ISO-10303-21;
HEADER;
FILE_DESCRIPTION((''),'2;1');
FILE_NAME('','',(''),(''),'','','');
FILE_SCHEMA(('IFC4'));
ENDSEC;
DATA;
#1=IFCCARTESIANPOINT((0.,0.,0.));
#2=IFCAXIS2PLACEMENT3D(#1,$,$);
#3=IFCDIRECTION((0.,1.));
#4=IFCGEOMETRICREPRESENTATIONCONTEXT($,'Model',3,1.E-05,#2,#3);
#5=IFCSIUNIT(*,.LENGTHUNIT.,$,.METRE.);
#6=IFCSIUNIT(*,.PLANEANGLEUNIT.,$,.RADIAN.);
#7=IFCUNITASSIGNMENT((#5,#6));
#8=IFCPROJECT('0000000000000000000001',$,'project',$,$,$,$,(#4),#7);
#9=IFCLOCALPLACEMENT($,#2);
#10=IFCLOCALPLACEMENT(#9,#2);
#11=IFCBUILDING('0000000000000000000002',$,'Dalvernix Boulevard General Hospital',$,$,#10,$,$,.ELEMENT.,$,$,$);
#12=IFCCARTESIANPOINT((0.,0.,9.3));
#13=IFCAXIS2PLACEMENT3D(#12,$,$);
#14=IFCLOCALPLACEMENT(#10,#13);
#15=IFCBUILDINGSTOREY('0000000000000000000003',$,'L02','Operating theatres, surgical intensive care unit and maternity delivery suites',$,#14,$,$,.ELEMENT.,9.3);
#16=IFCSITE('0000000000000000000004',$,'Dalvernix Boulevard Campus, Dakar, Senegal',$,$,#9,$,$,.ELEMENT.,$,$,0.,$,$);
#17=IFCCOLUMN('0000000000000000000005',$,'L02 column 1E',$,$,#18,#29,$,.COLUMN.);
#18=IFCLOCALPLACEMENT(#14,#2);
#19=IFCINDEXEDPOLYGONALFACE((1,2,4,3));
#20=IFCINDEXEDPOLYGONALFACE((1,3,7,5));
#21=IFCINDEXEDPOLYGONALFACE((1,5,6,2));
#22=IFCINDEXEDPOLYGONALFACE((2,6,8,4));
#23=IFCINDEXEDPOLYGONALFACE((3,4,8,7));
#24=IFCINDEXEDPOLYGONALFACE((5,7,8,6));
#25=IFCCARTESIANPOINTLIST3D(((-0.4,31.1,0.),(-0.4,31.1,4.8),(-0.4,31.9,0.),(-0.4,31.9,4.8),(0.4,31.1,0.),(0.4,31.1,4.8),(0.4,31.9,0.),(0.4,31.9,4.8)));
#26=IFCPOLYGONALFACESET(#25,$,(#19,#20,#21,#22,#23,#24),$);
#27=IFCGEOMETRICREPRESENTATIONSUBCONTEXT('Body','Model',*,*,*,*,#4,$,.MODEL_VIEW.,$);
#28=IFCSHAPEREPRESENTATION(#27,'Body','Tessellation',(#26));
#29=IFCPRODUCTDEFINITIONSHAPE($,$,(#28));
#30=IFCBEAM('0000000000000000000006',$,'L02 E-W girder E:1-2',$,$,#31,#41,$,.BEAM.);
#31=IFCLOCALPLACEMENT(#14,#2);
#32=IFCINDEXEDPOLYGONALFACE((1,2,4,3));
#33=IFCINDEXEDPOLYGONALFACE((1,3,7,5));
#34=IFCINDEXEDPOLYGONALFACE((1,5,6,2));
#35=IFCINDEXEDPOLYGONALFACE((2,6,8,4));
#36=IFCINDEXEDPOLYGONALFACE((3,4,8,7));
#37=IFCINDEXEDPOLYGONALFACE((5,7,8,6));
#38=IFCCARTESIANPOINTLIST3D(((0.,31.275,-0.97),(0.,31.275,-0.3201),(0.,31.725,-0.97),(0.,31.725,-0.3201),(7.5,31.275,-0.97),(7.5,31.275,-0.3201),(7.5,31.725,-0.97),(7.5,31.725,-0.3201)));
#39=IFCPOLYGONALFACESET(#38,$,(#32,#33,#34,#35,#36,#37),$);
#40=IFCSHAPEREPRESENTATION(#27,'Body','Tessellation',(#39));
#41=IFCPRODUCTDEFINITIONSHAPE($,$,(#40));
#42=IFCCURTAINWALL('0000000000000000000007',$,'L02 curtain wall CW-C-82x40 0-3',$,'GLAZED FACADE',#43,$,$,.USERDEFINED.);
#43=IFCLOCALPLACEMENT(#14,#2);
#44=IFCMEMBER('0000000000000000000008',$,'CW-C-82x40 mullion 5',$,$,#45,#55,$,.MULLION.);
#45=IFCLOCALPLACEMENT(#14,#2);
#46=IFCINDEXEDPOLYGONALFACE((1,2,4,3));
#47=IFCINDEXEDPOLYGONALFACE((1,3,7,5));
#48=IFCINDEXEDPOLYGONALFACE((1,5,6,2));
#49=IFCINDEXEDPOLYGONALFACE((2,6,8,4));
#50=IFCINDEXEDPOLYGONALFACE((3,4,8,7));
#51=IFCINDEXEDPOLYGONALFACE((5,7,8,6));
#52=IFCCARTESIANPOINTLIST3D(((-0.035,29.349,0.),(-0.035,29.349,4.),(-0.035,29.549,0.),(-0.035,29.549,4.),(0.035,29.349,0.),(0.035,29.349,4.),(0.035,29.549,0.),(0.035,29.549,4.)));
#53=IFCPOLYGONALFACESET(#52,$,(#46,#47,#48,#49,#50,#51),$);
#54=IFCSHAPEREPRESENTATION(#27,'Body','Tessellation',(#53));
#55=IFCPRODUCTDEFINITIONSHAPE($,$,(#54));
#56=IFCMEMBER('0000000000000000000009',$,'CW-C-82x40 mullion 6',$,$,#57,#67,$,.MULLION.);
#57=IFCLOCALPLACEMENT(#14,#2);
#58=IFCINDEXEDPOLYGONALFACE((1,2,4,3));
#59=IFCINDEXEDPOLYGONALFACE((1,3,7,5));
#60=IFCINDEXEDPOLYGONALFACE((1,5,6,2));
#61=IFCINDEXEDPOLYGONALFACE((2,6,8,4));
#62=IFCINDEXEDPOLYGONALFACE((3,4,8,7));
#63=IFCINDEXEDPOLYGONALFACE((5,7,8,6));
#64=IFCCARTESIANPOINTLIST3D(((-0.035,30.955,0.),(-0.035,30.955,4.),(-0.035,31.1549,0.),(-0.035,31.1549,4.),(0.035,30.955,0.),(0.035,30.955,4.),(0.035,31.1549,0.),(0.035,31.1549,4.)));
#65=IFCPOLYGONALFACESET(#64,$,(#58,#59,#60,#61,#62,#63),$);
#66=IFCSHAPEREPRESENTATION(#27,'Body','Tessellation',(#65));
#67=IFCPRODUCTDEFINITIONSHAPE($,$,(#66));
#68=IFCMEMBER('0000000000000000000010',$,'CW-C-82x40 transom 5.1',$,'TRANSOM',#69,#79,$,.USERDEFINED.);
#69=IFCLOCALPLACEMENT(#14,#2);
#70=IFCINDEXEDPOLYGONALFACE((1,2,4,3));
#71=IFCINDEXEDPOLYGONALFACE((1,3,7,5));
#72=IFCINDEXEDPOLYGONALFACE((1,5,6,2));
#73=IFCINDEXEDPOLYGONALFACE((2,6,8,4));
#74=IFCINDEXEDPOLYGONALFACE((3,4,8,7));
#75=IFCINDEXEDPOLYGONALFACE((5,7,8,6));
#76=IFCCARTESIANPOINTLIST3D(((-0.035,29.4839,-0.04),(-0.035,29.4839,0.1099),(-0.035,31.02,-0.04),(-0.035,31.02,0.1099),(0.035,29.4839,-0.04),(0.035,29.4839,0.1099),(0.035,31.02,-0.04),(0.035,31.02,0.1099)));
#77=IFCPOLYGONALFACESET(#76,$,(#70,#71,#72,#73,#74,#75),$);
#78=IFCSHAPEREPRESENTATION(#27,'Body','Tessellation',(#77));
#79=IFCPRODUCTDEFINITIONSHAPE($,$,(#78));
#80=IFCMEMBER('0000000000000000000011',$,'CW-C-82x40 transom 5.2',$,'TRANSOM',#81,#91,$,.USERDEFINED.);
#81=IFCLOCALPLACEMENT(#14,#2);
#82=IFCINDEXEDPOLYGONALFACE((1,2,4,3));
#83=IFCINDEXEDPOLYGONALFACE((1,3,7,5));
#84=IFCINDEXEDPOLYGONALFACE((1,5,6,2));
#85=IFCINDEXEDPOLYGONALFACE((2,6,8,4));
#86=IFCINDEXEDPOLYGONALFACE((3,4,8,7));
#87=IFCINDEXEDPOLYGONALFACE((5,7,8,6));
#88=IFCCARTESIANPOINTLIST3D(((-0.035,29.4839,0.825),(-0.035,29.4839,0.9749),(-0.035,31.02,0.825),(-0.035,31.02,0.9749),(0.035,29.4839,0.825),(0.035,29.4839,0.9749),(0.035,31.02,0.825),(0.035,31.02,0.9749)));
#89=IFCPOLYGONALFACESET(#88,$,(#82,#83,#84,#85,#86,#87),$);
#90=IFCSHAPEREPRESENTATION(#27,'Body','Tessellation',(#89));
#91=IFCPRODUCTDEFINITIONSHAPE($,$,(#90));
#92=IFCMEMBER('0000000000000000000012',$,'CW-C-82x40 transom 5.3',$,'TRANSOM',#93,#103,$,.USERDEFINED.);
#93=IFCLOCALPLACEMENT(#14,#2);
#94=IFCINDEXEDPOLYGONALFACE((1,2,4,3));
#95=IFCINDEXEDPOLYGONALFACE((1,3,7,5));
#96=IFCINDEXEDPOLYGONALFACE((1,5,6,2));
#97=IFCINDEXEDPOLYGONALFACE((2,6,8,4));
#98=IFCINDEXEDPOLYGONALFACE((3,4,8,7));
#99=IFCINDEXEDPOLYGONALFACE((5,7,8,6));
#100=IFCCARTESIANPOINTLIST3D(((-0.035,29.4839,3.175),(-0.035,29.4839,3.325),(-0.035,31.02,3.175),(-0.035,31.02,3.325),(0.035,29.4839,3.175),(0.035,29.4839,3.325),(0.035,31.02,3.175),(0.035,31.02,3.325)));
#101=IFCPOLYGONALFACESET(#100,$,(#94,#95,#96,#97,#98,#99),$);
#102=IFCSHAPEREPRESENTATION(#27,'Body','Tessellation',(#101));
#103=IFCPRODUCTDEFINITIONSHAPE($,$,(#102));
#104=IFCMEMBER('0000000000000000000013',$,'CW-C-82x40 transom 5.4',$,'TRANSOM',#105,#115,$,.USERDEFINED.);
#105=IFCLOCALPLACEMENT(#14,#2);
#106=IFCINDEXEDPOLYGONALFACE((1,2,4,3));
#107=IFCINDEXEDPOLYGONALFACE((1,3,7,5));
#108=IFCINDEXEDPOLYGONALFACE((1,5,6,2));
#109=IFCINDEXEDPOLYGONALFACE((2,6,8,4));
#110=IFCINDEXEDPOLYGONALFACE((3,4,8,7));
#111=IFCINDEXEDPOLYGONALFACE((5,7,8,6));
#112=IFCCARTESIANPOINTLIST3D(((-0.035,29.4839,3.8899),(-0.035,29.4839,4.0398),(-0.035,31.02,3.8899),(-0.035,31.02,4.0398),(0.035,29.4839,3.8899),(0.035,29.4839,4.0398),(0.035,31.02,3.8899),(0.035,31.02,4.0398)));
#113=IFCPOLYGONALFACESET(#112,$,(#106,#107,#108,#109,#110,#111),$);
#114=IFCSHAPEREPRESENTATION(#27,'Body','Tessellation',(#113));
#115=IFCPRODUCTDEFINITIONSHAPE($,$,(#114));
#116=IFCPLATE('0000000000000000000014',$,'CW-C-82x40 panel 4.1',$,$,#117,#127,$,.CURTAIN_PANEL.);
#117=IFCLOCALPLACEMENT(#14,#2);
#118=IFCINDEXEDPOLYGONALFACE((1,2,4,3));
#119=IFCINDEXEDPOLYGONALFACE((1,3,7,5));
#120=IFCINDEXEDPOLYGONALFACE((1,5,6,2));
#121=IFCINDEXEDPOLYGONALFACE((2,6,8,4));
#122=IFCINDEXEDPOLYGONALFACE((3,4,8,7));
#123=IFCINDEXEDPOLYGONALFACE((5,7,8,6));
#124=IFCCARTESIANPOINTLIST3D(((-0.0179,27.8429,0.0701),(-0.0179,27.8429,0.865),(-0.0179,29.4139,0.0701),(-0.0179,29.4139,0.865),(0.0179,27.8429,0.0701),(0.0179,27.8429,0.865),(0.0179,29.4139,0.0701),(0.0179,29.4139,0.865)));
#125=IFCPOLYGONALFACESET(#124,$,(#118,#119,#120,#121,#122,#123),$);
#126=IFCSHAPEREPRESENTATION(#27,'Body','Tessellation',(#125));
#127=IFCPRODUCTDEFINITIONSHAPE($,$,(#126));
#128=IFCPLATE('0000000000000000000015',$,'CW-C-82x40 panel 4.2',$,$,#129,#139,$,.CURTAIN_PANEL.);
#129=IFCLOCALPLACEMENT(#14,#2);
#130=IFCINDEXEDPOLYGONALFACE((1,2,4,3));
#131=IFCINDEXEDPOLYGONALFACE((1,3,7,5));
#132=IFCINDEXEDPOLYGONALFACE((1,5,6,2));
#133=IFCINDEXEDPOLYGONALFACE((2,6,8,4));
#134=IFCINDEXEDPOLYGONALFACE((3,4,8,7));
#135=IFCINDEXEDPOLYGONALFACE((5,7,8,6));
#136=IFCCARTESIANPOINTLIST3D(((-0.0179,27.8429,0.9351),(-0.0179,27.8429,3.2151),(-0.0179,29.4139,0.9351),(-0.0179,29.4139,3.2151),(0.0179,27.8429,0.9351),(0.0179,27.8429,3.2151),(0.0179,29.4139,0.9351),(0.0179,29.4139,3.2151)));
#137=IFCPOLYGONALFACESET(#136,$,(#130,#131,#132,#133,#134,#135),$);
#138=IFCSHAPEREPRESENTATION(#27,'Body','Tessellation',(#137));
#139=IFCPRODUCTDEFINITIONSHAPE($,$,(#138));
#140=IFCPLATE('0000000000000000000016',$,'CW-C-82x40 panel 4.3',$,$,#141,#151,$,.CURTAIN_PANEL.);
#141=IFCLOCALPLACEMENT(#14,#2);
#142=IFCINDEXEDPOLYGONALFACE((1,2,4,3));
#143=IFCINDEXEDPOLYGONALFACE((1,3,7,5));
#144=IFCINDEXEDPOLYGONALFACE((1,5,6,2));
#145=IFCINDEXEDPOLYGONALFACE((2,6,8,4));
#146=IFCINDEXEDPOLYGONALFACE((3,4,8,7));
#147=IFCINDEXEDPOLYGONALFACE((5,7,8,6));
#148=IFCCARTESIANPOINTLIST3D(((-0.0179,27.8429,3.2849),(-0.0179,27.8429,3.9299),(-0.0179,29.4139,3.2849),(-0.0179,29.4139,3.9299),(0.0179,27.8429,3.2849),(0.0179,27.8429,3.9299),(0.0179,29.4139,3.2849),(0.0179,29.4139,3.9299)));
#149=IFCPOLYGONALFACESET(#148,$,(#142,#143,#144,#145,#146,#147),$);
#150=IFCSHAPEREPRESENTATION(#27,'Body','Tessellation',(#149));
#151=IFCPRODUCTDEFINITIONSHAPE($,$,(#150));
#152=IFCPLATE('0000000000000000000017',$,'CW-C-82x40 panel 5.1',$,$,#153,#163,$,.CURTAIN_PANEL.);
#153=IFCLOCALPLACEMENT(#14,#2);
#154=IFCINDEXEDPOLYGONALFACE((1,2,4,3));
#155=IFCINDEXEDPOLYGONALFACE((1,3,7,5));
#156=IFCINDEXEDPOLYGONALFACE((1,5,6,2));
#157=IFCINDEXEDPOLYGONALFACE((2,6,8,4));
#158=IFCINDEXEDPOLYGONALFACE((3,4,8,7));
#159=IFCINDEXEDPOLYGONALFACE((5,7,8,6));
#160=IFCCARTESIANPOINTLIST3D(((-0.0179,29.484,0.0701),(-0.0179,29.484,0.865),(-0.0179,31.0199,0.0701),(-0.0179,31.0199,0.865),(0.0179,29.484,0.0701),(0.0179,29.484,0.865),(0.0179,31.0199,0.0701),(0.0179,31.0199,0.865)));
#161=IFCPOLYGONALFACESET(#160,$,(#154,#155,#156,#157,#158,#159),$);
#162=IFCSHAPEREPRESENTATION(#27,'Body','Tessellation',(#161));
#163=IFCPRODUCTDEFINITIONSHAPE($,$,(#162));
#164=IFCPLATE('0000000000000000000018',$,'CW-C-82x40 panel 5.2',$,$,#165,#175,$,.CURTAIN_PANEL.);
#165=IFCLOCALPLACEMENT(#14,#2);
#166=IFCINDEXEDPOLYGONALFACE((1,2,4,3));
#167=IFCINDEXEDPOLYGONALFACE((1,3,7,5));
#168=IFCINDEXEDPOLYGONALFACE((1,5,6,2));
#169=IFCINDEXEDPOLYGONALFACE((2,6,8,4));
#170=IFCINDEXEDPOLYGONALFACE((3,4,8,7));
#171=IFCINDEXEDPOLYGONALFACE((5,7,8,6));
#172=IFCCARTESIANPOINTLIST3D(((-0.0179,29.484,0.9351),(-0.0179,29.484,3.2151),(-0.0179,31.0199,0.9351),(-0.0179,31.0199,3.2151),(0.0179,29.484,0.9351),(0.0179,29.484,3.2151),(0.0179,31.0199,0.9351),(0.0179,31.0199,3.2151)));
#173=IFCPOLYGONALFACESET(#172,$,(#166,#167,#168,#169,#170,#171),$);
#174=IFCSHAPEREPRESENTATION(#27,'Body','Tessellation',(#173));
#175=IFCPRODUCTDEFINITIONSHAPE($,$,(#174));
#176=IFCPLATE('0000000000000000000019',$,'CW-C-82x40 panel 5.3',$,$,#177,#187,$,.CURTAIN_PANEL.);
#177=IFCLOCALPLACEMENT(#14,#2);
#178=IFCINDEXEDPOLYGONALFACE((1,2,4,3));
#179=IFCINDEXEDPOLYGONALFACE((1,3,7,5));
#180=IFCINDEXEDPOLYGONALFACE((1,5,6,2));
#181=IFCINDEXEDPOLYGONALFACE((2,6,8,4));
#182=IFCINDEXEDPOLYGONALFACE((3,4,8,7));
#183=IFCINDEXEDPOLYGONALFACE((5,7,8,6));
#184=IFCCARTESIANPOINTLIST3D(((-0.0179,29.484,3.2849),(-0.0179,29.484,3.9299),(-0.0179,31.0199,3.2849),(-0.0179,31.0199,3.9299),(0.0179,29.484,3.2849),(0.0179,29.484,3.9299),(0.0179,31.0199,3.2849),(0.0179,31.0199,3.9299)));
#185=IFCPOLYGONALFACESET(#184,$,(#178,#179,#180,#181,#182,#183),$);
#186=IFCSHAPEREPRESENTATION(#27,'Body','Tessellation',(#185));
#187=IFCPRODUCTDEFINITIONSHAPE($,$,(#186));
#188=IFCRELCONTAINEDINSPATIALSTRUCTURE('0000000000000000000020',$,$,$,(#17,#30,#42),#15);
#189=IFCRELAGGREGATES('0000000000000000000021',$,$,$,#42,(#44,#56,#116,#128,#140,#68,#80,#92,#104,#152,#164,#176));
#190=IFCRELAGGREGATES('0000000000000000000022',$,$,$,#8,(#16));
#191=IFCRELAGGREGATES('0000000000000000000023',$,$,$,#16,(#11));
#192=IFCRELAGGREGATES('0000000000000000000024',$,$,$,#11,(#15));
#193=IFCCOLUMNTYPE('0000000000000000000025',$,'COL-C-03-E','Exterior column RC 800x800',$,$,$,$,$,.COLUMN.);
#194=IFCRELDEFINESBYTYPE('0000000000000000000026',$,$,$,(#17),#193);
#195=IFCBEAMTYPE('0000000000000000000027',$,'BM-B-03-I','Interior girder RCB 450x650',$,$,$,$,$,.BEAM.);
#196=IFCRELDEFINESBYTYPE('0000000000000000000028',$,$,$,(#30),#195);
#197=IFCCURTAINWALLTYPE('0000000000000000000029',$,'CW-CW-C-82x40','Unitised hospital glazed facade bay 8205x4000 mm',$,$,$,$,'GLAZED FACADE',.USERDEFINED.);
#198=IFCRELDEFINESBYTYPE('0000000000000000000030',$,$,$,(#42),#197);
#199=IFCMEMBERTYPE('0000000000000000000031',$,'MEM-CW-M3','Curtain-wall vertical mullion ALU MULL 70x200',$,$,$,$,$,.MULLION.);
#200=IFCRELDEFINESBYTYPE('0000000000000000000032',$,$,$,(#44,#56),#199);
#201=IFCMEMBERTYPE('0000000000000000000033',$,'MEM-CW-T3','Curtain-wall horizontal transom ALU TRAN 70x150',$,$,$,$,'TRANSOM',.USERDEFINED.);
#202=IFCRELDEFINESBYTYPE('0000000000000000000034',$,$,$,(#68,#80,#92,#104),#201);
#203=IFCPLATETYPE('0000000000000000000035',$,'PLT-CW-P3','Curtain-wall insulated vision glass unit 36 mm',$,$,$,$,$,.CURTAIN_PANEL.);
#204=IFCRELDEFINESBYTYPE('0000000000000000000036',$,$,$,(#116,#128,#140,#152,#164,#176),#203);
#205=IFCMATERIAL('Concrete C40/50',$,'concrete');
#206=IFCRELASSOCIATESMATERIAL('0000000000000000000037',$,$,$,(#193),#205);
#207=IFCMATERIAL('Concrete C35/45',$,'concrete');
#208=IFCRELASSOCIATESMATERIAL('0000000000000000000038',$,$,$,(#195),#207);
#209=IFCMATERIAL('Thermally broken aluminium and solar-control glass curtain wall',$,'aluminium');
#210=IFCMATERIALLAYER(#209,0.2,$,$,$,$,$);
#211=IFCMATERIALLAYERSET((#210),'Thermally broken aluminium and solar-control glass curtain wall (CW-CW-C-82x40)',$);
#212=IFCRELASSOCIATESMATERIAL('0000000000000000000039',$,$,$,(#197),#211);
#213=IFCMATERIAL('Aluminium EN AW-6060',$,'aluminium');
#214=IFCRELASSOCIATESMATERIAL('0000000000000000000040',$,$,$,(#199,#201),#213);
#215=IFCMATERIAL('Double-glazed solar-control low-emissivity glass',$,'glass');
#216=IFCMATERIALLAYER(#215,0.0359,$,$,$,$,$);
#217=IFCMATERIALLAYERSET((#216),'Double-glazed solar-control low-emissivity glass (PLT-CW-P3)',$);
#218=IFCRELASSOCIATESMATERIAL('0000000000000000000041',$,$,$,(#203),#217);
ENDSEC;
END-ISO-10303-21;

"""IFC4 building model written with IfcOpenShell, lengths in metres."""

from ifc_helpers import new_model, si_unit, direction, frame, origin, origin_2d, place, context, subcontext, project, spatial, rectangle, extrude, material, layer, layer_set, material_profile, profile_set, type_object, element, aggregate, save


model = new_model("IFC4")

# Units and contexts
model_context = context("Model", 3, precision=1e-05, world=origin(), true_north=direction((0.0, 1.0)))
body_context = subcontext(model_context, "Body", "Model", "MODEL_VIEW")
ifc_project = project(units=[si_unit("LENGTHUNIT", "METRE"), si_unit("PLANEANGLEUNIT", "RADIAN")], contexts=[model_context])

# Site, building, storey
site_placement = place(None, origin())
site = spatial("IfcSite", under=ifc_project, at=site_placement, Name="Dalvernix Boulevard Campus, Dakar, Senegal", CompositionType="ELEMENT", RefElevation=0.0)
building_placement = place(site_placement, origin())
building = spatial("IfcBuilding", under=site, at=building_placement, Name="Dalvernix Boulevard General Hospital", CompositionType="ELEMENT")
storey_placement = place(building_placement, frame((0.0, 0.0, 9.3)))
storey = spatial("IfcBuildingStorey", under=building, at=storey_placement, Name="L02", Description="Operating theatres, surgical intensive care unit and maternity delivery suites", CompositionType="ELEMENT", Elevation=9.3)

# Column
ifc_material_1 = material(Name="Concrete C40/50", Category="concrete")
ifc_material_profile_1 = material_profile(ifc_material_1, rectangle(XDim=0.8, YDim=0.8, at=origin_2d()), Name="RC 800x800")
ifc_profile_set_1 = profile_set([ifc_material_profile_1], Name="Concrete C40/50")
column_type = type_object("IfcColumnType", Name="COL-C-03-E", Description="Exterior column RC 800x800", PredefinedType="COLUMN", material=ifc_profile_set_1)
column_placement = place(storey_placement, frame((0.0, 31.5, 0.0), z_axis=(0.0, 0.0, 1.0), x_axis=(1.0, 0.0, 0.0)))
element("IfcColumn", 1, at=column_placement, inside=storey, type_object=column_type, Name="L02 column 1E", PredefinedType="COLUMN", context=body_context, shape_type="SweptSolid", body=[
    extrude(rectangle(XDim=0.8, YDim=0.8, at=origin_2d()), origin(), (0.0, 0.0, 1.0), 4.8),
])

# Beam
ifc_material_2 = material(Name="Concrete C35/45", Category="concrete")
ifc_material_profile_2 = material_profile(ifc_material_2, rectangle(XDim=0.45, YDim=0.6499, at=origin_2d()), Name="RCB 450x650")
ifc_profile_set_2 = profile_set([ifc_material_profile_2], Name="Concrete C35/45")
beam_type = type_object("IfcBeamType", Name="BM-B-03-I", Description="Interior girder RCB 450x650", PredefinedType="BEAM", material=ifc_profile_set_2)
beam_placement = place(storey_placement, frame((0.0, 31.5, -0.645), z_axis=(1.0, 0.0, 0.0), x_axis=(0.0, 1.0, 0.0)))
element("IfcBeam", 2, at=beam_placement, inside=storey, type_object=beam_type, Name="L02 E-W girder E:1-2", PredefinedType="BEAM", context=body_context, shape_type="SweptSolid", body=[
    extrude(rectangle(XDim=0.45, YDim=0.6499, at=origin_2d()), origin(), (0.0, 0.0, 1.0), 7.5),
])

# Curtain wall, members, plates
ifc_material_3 = material(Name="Thermally broken aluminium and solar-control glass curtain wall", Category="aluminium")
ifc_layer_1 = layer(ifc_material_3, 0.2)
ifc_layer_set_1 = layer_set([ifc_layer_1], Name="Thermally broken aluminium and solar-control glass curtain wall (CW-CW-C-82x40)")
curtain_wall_type = type_object("IfcCurtainWallType", Name="CW-CW-C-82x40", Description="Unitised hospital glazed facade bay 8205x4000 mm", ElementType="GLAZED FACADE", PredefinedType="USERDEFINED", material=ifc_layer_set_1)
curtain_wall_placement = place(storey_placement, origin())
curtain_wall = element("IfcCurtainWall", 3, at=curtain_wall_placement, inside=storey, type_object=curtain_wall_type, Name="L02 curtain wall CW-C-82x40 0-3", ObjectType="GLAZED FACADE", PredefinedType="USERDEFINED")
ifc_material_4 = material(Name="Aluminium EN AW-6060", Category="aluminium")
ifc_material_profile_3 = material_profile(ifc_material_4, rectangle(XDim=0.0701, YDim=0.2, at=origin_2d()), Name="ALU MULL 70x200")
ifc_profile_set_3 = profile_set([ifc_material_profile_3], Name="Aluminium EN AW-6060")
member_type_1 = type_object("IfcMemberType", Name="MEM-CW-M3", Description="Curtain-wall vertical mullion ALU MULL 70x200", PredefinedType="MULLION", material=ifc_profile_set_3)
member_1_placement = place(storey_placement, frame((0.0, 29.449, 0.0), z_axis=(0.0, 0.0, 1.0), x_axis=(-1.0, 0.0, 0.0)))
member_1 = element("IfcMember", 4, at=member_1_placement, type_object=member_type_1, Name="CW-C-82x40 mullion 5", PredefinedType="MULLION", context=body_context, shape_type="SweptSolid", body=[
    extrude(rectangle(XDim=0.0701, YDim=0.2, at=origin_2d()), origin(), (0.0, 0.0, 1.0), 4.0),
])
member_2_placement = place(storey_placement, frame((0.0, 31.0549, 0.0), z_axis=(0.0, 0.0, 1.0), x_axis=(-1.0, 0.0, 0.0)))
member_2 = element("IfcMember", 5, at=member_2_placement, type_object=member_type_1, Name="CW-C-82x40 mullion 6", PredefinedType="MULLION", context=body_context, shape_type="SweptSolid", body=[
    extrude(rectangle(XDim=0.0701, YDim=0.2, at=origin_2d()), origin(), (0.0, 0.0, 1.0), 4.0),
])
ifc_material_profile_4 = material_profile(ifc_material_4, rectangle(XDim=0.0701, YDim=0.1499, at=origin_2d()), Name="ALU TRAN 70x150")
ifc_profile_set_4 = profile_set([ifc_material_profile_4], Name="Aluminium EN AW-6060")
member_type_2 = type_object("IfcMemberType", Name="MEM-CW-T3", Description="Curtain-wall horizontal transom ALU TRAN 70x150", ElementType="TRANSOM", PredefinedType="USERDEFINED", material=ifc_profile_set_4)
member_3_placement = place(storey_placement, frame((0.0, 29.4839, 0.0349), z_axis=(0.0, 1.0, 0.0), x_axis=(-1.0, 0.0, 0.0)))
member_3 = element("IfcMember", 6, at=member_3_placement, type_object=member_type_2, Name="CW-C-82x40 transom 5.1", ObjectType="TRANSOM", PredefinedType="USERDEFINED", context=body_context, shape_type="SweptSolid", body=[
    extrude(rectangle(XDim=0.0701, YDim=0.1499, at=origin_2d()), origin(), (0.0, 0.0, 1.0), 1.5361),
])
member_4_placement = place(storey_placement, frame((0.0, 29.4839, 0.8999), z_axis=(0.0, 1.0, 0.0), x_axis=(-1.0, 0.0, 0.0)))
member_4 = element("IfcMember", 7, at=member_4_placement, type_object=member_type_2, Name="CW-C-82x40 transom 5.2", ObjectType="TRANSOM", PredefinedType="USERDEFINED", context=body_context, shape_type="SweptSolid", body=[
    extrude(rectangle(XDim=0.0701, YDim=0.1499, at=origin_2d()), origin(), (0.0, 0.0, 1.0), 1.5361),
])
member_5_placement = place(storey_placement, frame((0.0, 29.4839, 3.25), z_axis=(0.0, 1.0, 0.0), x_axis=(-1.0, 0.0, 0.0)))
member_5 = element("IfcMember", 8, at=member_5_placement, type_object=member_type_2, Name="CW-C-82x40 transom 5.3", ObjectType="TRANSOM", PredefinedType="USERDEFINED", context=body_context, shape_type="SweptSolid", body=[
    extrude(rectangle(XDim=0.0701, YDim=0.1499, at=origin_2d()), origin(), (0.0, 0.0, 1.0), 1.5361),
])
member_6_placement = place(storey_placement, frame((0.0, 29.4839, 3.9648), z_axis=(0.0, 1.0, 0.0), x_axis=(-1.0, 0.0, 0.0)))
member_6 = element("IfcMember", 9, at=member_6_placement, type_object=member_type_2, Name="CW-C-82x40 transom 5.4", ObjectType="TRANSOM", PredefinedType="USERDEFINED", context=body_context, shape_type="SweptSolid", body=[
    extrude(rectangle(XDim=0.0701, YDim=0.1499, at=origin_2d()), origin(), (0.0, 0.0, 1.0), 1.5361),
])
ifc_material_5 = material(Name="Double-glazed solar-control low-emissivity glass", Category="glass")
ifc_layer_2 = layer(ifc_material_5, 0.0359)
ifc_layer_set_2 = layer_set([ifc_layer_2], Name="Double-glazed solar-control low-emissivity glass (PLT-CW-P3)")
plate_type = type_object("IfcPlateType", Name="PLT-CW-P3", Description="Curtain-wall insulated vision glass unit 36 mm", PredefinedType="CURTAIN_PANEL", material=ifc_layer_set_2)
plate_1_placement = place(storey_placement, frame((0.0, 28.6284, 0.0701), z_axis=(0.0, 0.0, 1.0), x_axis=(0.0, 1.0, 0.0)))
plate_1 = element("IfcPlate", 10, at=plate_1_placement, type_object=plate_type, Name="CW-C-82x40 panel 4.1", PredefinedType="CURTAIN_PANEL", context=body_context, shape_type="SweptSolid", body=[
    extrude(rectangle(XDim=1.571, YDim=0.0359, at=origin_2d()), origin(), (0.0, 0.0, 1.0), 0.7949),
])
plate_2_placement = place(storey_placement, frame((0.0, 28.6284, 0.9351), z_axis=(0.0, 0.0, 1.0), x_axis=(0.0, 1.0, 0.0)))
plate_2 = element("IfcPlate", 11, at=plate_2_placement, type_object=plate_type, Name="CW-C-82x40 panel 4.2", PredefinedType="CURTAIN_PANEL", context=body_context, shape_type="SweptSolid", body=[
    extrude(rectangle(XDim=1.571, YDim=0.0359, at=origin_2d()), origin(), (0.0, 0.0, 1.0), 2.28),
])
plate_3_placement = place(storey_placement, frame((0.0, 28.6284, 3.2849), z_axis=(0.0, 0.0, 1.0), x_axis=(0.0, 1.0, 0.0)))
plate_3 = element("IfcPlate", 12, at=plate_3_placement, type_object=plate_type, Name="CW-C-82x40 panel 4.3", PredefinedType="CURTAIN_PANEL", context=body_context, shape_type="SweptSolid", body=[
    extrude(rectangle(XDim=1.571, YDim=0.0359, at=origin_2d()), origin(), (0.0, 0.0, 1.0), 0.645),
])
plate_4_placement = place(storey_placement, frame((0.0, 30.252, 0.0701), z_axis=(0.0, 0.0, 1.0), x_axis=(0.0, 1.0, 0.0)))
plate_4 = element("IfcPlate", 13, at=plate_4_placement, type_object=plate_type, Name="CW-C-82x40 panel 5.1", PredefinedType="CURTAIN_PANEL", context=body_context, shape_type="SweptSolid", body=[
    extrude(rectangle(XDim=1.5359, YDim=0.0359, at=origin_2d()), origin(), (0.0, 0.0, 1.0), 0.7949),
])
plate_5_placement = place(storey_placement, frame((0.0, 30.252, 0.9351), z_axis=(0.0, 0.0, 1.0), x_axis=(0.0, 1.0, 0.0)))
plate_5 = element("IfcPlate", 14, at=plate_5_placement, type_object=plate_type, Name="CW-C-82x40 panel 5.2", PredefinedType="CURTAIN_PANEL", context=body_context, shape_type="SweptSolid", body=[
    extrude(rectangle(XDim=1.5359, YDim=0.0359, at=origin_2d()), origin(), (0.0, 0.0, 1.0), 2.28),
])
plate_6_placement = place(storey_placement, frame((0.0, 30.252, 3.2849), z_axis=(0.0, 0.0, 1.0), x_axis=(0.0, 1.0, 0.0)))
plate_6 = element("IfcPlate", 15, at=plate_6_placement, type_object=plate_type, Name="CW-C-82x40 panel 5.3", PredefinedType="CURTAIN_PANEL", context=body_context, shape_type="SweptSolid", body=[
    extrude(rectangle(XDim=1.5359, YDim=0.0359, at=origin_2d()), origin(), (0.0, 0.0, 1.0), 0.645),
])
aggregate(curtain_wall, [member_1, member_2, plate_1, plate_2, plate_3, member_3, member_4, member_5, member_6, plate_4, plate_5, plate_6])

save(model, "model.ifc")
